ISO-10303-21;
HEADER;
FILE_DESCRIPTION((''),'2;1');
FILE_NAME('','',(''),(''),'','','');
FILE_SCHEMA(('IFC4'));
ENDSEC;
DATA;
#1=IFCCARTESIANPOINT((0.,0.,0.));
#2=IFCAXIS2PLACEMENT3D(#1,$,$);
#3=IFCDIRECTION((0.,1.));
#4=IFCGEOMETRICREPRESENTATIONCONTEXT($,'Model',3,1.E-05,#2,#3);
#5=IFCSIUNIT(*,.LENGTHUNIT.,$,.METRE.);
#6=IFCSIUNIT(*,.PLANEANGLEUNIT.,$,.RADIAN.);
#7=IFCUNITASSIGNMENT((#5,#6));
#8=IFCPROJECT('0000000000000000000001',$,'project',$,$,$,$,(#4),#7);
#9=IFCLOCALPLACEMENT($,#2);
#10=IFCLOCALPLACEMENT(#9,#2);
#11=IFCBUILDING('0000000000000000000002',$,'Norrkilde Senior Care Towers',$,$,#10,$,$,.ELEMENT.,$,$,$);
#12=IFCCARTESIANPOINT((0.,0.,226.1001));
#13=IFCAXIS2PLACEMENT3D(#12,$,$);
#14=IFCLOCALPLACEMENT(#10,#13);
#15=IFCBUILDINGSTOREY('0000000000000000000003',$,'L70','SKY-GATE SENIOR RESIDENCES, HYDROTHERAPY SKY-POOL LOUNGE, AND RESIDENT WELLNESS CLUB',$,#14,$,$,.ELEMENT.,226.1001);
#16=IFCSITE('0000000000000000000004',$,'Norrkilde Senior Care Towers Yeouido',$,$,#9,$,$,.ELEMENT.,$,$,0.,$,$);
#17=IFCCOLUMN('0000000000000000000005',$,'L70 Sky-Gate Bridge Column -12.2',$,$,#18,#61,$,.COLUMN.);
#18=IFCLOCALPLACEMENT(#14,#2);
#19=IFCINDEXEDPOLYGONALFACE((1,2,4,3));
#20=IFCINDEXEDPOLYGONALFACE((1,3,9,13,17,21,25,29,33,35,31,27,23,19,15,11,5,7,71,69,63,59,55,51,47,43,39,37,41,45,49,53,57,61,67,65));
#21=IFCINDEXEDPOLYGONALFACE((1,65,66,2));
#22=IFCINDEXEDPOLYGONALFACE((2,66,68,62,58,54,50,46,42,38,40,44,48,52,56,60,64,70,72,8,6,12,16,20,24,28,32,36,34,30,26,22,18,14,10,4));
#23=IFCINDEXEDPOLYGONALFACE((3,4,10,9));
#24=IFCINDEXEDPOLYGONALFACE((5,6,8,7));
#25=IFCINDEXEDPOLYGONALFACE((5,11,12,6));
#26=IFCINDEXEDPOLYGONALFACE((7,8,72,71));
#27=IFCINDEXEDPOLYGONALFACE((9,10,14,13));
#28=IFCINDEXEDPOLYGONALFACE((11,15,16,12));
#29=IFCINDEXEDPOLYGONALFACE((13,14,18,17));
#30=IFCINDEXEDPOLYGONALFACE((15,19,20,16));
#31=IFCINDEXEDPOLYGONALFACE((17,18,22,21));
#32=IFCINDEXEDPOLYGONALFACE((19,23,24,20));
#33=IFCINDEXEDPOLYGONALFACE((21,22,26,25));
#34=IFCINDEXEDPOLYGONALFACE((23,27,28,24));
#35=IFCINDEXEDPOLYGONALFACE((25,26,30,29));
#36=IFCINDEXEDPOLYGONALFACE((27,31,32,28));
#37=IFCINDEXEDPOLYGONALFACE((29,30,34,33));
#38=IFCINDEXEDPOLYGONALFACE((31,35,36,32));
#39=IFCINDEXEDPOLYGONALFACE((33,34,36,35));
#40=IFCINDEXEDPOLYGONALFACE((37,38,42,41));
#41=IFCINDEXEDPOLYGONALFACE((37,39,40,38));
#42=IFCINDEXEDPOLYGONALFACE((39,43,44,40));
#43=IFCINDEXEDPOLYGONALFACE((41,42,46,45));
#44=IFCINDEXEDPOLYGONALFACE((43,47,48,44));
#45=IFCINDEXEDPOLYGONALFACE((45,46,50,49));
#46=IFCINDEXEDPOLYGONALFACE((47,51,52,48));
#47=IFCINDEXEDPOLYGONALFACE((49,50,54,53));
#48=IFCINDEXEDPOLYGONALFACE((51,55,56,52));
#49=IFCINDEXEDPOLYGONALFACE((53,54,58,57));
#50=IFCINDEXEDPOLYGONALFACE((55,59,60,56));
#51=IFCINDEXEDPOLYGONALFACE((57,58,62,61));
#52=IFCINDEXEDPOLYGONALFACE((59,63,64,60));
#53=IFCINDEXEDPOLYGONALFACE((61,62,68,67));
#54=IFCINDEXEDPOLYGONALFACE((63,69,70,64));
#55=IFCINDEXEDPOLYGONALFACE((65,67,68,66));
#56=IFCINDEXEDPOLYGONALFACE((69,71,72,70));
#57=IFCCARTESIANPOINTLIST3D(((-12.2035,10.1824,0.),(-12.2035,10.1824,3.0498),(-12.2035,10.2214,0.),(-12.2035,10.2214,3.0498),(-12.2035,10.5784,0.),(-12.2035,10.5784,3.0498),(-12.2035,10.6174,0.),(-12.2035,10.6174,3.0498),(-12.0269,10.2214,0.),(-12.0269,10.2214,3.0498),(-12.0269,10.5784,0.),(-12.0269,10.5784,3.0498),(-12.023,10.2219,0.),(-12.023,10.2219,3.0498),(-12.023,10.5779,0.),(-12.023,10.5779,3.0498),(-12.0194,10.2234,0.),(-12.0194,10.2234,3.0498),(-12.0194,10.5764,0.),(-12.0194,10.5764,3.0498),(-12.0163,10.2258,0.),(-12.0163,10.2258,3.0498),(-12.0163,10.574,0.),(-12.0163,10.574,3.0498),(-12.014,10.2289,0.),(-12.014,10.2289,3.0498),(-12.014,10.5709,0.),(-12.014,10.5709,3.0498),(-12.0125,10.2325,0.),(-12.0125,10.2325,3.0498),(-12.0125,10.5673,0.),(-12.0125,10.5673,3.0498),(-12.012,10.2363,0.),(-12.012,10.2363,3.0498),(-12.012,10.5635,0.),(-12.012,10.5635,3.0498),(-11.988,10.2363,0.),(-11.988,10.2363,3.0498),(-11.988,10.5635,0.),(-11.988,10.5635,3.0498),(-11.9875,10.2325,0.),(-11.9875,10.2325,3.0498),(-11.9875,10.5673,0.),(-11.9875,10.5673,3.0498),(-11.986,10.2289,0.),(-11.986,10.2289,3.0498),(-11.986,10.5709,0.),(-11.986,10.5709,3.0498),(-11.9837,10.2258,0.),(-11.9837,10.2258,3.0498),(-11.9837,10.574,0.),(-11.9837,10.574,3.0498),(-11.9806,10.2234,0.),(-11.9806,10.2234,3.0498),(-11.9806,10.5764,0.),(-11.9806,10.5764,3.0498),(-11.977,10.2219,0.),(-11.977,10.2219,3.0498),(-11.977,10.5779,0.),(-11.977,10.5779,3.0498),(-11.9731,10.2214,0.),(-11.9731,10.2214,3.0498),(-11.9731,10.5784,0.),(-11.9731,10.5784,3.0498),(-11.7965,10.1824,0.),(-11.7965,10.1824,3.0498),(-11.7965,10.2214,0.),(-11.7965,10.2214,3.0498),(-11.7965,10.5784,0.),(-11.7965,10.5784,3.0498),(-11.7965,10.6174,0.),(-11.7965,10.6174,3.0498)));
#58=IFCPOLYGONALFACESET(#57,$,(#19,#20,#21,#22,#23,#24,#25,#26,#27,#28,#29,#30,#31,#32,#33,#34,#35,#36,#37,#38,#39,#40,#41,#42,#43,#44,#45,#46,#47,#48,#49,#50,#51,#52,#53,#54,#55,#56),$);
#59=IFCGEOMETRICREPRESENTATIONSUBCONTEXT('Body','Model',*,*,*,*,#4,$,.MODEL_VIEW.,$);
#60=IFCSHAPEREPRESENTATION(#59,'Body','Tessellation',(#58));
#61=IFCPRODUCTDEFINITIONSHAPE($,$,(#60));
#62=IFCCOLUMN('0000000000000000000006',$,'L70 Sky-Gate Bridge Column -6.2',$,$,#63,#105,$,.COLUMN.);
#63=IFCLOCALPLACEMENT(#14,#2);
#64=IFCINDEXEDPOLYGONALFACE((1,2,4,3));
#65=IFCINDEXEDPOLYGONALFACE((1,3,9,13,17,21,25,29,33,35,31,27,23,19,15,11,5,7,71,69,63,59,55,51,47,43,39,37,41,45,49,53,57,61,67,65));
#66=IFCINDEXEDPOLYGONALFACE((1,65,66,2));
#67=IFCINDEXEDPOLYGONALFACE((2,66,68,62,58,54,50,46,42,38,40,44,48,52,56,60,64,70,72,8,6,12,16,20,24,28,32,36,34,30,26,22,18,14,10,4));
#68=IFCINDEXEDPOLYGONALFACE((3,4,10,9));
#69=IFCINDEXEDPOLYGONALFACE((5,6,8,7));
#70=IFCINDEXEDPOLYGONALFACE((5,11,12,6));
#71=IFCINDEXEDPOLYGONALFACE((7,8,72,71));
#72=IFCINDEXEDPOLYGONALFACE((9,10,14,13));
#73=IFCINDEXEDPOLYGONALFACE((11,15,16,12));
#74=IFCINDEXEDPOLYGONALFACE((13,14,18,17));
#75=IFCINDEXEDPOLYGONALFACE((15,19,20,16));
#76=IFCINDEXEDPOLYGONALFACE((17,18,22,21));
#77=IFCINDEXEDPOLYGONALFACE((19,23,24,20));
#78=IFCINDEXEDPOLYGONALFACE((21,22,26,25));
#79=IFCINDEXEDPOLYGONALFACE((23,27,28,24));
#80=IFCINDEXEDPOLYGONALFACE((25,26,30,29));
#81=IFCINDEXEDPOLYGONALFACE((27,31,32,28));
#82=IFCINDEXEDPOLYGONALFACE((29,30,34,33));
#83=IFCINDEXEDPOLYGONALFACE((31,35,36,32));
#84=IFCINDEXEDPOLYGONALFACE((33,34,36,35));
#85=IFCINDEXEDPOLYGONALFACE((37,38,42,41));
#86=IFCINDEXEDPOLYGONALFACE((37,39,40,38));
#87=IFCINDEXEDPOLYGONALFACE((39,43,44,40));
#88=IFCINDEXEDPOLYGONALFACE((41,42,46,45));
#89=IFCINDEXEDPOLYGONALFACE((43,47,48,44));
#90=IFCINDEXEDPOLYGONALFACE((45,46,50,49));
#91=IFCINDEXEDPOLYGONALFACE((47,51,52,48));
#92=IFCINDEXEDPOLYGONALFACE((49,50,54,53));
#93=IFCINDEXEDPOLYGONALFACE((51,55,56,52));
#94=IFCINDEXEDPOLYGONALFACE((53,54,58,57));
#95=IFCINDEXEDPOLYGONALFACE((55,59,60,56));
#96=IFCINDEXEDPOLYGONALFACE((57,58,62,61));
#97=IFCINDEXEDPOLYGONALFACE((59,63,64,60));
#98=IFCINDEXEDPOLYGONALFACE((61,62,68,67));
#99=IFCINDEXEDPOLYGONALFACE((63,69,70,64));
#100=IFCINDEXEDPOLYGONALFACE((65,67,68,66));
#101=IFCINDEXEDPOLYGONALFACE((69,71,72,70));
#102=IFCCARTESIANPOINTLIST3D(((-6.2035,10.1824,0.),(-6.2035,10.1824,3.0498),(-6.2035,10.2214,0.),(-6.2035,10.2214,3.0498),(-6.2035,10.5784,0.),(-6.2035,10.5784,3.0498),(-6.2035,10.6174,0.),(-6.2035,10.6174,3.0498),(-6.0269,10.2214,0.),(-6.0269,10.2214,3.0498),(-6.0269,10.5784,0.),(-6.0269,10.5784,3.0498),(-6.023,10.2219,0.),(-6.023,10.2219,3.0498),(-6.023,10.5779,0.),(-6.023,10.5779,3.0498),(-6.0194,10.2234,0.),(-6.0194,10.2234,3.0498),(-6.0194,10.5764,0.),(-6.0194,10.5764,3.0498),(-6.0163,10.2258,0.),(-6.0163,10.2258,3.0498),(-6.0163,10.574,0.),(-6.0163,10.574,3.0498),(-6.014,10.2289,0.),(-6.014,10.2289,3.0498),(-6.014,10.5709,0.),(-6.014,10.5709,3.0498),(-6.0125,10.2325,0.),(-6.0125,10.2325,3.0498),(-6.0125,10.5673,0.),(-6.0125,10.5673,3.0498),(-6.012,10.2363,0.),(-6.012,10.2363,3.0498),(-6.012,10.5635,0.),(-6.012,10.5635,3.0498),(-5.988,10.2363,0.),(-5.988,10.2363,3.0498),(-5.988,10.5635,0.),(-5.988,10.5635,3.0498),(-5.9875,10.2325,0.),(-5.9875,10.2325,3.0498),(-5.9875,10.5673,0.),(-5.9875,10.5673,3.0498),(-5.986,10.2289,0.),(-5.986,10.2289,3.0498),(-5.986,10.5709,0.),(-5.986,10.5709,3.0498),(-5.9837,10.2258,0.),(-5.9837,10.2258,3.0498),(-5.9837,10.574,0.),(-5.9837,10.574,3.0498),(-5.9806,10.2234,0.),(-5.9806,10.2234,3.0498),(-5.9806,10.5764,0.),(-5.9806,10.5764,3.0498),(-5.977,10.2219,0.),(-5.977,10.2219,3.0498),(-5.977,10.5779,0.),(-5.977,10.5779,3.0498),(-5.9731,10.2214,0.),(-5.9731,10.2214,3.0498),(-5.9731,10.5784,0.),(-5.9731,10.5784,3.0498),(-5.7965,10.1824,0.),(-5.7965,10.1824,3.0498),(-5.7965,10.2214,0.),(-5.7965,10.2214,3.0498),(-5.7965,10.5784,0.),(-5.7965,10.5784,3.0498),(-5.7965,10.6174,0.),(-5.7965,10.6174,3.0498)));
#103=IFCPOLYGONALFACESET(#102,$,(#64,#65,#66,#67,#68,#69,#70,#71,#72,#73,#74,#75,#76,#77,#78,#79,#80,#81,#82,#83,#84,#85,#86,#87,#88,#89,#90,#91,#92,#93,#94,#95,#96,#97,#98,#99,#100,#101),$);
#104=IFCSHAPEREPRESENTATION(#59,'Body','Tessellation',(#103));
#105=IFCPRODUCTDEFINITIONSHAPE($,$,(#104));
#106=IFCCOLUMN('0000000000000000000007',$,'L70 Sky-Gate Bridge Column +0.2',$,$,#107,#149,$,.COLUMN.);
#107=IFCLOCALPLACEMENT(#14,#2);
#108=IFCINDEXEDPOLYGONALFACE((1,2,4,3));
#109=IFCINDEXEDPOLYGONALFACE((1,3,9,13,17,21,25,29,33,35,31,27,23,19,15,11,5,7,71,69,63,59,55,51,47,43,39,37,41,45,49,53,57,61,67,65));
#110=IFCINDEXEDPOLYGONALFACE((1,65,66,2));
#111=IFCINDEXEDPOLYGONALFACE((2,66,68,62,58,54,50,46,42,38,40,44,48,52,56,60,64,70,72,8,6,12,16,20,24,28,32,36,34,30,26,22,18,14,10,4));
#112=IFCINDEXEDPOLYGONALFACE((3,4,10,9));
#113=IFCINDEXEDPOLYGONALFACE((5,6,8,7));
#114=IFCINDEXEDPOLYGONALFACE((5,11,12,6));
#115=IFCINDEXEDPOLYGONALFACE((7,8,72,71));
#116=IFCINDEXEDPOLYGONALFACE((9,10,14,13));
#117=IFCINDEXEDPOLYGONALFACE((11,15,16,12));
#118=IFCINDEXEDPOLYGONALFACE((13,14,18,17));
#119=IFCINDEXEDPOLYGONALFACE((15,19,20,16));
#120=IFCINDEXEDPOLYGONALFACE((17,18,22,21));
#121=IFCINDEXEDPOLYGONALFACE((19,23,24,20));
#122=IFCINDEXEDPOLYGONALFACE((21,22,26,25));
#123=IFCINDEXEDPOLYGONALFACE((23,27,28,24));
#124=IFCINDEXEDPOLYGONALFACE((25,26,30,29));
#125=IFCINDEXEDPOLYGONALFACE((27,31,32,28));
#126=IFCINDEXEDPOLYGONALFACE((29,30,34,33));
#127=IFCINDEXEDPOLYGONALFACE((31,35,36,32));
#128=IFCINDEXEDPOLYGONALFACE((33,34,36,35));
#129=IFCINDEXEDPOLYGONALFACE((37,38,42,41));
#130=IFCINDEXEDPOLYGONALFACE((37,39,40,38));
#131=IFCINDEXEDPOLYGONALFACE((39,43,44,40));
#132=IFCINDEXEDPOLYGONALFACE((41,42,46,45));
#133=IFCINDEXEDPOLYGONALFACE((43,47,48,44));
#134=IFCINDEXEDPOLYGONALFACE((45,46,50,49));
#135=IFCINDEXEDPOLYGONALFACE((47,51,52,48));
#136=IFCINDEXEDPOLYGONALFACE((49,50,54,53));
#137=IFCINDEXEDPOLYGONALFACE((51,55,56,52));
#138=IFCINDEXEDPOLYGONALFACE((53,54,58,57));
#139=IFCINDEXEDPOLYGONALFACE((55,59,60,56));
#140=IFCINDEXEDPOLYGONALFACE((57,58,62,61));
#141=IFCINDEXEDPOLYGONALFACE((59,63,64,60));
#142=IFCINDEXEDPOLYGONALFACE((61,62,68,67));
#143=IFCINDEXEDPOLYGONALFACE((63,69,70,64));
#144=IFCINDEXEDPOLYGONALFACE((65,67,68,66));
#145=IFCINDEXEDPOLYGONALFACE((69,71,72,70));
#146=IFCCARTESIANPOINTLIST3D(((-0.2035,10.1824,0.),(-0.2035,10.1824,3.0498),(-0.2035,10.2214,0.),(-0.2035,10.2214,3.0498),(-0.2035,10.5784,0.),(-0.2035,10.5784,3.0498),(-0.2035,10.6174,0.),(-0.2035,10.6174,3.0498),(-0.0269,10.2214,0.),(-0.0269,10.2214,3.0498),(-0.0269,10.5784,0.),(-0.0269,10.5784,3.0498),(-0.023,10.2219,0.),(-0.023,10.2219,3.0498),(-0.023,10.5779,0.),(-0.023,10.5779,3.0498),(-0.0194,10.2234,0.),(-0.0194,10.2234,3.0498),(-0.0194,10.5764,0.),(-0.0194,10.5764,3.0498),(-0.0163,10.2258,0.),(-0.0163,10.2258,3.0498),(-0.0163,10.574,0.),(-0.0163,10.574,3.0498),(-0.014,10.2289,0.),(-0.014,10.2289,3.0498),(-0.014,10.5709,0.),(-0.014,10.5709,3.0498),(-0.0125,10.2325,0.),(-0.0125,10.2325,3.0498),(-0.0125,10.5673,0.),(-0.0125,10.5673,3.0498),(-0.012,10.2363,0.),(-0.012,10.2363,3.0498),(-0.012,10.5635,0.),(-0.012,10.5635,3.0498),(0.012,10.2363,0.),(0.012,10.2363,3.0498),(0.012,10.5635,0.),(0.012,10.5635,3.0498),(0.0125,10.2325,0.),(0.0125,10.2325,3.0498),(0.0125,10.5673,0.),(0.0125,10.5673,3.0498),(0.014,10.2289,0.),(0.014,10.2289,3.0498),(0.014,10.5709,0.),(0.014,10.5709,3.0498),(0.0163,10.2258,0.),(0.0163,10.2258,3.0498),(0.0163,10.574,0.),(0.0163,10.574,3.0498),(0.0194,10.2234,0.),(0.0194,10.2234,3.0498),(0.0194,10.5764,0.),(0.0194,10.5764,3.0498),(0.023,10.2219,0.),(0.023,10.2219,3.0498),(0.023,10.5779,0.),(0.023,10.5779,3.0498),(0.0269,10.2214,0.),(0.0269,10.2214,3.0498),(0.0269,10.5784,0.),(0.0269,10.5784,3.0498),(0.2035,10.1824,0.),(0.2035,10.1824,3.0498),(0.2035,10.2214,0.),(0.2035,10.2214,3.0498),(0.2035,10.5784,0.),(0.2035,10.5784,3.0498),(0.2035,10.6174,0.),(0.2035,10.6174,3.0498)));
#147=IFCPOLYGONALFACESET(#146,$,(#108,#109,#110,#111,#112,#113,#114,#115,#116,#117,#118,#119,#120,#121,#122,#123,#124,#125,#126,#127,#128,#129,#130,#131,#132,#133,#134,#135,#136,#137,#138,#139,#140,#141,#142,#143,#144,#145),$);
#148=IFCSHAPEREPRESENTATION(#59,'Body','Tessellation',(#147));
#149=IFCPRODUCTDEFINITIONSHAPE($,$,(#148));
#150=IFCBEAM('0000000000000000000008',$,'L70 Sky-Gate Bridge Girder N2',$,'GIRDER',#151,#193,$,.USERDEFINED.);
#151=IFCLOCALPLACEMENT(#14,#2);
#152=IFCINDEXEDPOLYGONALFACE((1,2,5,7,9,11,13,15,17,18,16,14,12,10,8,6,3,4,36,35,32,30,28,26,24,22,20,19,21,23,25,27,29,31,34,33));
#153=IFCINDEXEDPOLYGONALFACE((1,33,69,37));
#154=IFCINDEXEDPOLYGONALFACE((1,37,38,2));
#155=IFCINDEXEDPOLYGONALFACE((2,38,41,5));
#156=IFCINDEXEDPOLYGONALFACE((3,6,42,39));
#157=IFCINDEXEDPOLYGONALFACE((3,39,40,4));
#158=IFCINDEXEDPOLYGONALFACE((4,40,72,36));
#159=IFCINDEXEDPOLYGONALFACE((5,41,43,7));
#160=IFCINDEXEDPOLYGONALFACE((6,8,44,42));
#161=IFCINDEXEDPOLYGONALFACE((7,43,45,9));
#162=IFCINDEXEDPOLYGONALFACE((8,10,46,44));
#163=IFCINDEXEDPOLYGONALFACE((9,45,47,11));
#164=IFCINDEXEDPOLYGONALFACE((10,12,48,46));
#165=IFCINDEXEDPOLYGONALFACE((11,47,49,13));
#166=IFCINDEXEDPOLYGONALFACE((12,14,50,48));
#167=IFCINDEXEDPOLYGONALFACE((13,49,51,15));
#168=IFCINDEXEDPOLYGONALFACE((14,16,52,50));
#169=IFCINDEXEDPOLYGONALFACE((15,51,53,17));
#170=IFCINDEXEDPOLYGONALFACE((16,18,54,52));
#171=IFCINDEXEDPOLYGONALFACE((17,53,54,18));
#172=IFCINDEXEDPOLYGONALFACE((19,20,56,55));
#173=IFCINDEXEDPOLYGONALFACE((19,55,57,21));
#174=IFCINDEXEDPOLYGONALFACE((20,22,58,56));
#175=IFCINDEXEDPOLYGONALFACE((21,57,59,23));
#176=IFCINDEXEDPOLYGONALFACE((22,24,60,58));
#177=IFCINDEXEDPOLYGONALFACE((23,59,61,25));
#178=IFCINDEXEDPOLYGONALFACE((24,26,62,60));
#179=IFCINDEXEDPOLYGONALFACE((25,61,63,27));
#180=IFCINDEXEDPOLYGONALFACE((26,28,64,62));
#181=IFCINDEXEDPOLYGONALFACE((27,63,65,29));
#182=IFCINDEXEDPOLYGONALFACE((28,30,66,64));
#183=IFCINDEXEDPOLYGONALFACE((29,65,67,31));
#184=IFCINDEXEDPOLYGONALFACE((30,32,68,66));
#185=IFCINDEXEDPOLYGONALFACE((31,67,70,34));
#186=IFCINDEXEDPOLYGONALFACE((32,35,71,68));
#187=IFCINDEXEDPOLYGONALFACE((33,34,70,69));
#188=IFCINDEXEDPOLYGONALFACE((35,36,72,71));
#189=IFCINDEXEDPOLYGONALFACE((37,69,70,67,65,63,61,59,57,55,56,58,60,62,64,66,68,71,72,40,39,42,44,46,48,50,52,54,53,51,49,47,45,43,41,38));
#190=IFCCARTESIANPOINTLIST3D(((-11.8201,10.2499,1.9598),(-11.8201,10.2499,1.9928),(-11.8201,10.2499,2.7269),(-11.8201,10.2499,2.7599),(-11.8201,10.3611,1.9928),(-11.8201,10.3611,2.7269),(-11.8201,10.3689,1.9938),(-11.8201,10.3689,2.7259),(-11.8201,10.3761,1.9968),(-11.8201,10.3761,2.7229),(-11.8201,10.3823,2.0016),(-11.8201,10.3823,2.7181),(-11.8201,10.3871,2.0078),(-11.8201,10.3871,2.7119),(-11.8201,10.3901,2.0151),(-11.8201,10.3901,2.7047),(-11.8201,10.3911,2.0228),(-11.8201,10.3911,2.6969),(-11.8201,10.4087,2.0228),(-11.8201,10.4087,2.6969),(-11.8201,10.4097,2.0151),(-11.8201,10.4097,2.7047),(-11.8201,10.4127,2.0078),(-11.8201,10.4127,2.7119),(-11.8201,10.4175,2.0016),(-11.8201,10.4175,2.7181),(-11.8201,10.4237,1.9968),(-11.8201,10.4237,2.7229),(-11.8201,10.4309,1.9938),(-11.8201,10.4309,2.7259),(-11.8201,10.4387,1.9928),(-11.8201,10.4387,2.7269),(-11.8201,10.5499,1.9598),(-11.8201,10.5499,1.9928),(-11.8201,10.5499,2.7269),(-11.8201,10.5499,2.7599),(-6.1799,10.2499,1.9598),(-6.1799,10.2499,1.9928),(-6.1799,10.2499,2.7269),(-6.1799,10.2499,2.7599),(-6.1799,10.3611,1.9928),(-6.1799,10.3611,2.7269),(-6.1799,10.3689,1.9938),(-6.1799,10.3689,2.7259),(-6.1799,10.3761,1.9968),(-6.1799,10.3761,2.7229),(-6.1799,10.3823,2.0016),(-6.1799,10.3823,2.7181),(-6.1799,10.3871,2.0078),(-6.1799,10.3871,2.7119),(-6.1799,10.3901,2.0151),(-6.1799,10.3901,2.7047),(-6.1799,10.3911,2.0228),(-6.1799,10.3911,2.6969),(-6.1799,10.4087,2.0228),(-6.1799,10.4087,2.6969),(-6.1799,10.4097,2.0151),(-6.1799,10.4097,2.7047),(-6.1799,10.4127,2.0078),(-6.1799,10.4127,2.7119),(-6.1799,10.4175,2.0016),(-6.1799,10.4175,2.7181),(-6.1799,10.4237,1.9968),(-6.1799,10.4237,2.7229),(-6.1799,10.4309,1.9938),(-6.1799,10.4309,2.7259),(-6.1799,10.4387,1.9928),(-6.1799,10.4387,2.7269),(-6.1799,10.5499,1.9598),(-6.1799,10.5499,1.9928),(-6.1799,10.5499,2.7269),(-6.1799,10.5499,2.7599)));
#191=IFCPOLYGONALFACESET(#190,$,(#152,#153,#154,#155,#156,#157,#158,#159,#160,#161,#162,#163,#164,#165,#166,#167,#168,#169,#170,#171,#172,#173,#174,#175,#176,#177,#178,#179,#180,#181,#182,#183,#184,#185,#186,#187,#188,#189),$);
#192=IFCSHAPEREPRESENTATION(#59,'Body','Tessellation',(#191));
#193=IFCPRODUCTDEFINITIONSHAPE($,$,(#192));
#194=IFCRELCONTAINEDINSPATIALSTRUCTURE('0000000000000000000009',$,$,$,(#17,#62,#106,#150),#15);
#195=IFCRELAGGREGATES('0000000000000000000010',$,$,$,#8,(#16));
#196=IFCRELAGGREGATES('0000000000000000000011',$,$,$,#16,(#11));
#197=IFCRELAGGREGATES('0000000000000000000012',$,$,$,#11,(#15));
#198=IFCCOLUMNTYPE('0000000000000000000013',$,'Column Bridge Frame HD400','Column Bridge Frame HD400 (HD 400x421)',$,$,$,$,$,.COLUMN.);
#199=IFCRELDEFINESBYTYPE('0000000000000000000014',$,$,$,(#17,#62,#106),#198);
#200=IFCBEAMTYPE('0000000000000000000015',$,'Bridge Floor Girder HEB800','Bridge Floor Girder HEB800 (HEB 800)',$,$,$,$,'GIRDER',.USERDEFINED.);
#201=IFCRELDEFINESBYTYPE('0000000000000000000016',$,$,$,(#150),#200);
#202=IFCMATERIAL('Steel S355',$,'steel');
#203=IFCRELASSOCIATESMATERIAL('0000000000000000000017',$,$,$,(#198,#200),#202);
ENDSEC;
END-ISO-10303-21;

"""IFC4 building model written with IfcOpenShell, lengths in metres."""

from ifc_helpers import new_model, si_unit, direction, frame, origin, origin_2d, place, context, subcontext, project, spatial, i_section, extrude, source, transform, mapped, material, material_profile, profile_set, type_object, type_shapes, element, save


model = new_model("IFC4")

# Units and contexts
model_context = context("Model", 3, precision=1e-05, world=origin(), true_north=direction((0.0, 1.0)))
body_context = subcontext(model_context, "Body", "Model", "MODEL_VIEW")
ifc_project = project(units=[si_unit("LENGTHUNIT", "METRE"), si_unit("PLANEANGLEUNIT", "RADIAN")], contexts=[model_context])

# Site, building, storey
site_placement = place(None, origin())
site = spatial("IfcSite", under=ifc_project, at=site_placement, Name="Norrkilde Senior Care Towers Yeouido", CompositionType="ELEMENT", RefElevation=0.0)
building_placement = place(site_placement, origin())
building = spatial("IfcBuilding", under=site, at=building_placement, Name="Norrkilde Senior Care Towers", CompositionType="ELEMENT")
storey_placement = place(building_placement, frame((0.0, 0.0, 226.1001)))
storey = spatial("IfcBuildingStorey", under=building, at=storey_placement, Name="L70", Description="SKY-GATE SENIOR RESIDENCES, HYDROTHERAPY SKY-POOL LOUNGE, AND RESIDENT WELLNESS CLUB", CompositionType="ELEMENT", Elevation=226.1001)

# Columns
ifc_material_1 = material(Name="Steel S355", Category="steel")
ifc_material_profile_1 = material_profile(ifc_material_1, i_section(OverallWidth=0.407, OverallDepth=0.4351, WebThickness=0.0239, FlangeThickness=0.0391, FilletRadius=0.0149, at=origin_2d()), Name="HD 400x421")
ifc_profile_set_1 = profile_set([ifc_material_profile_1], Name="Steel S355")
column_type = type_object("IfcColumnType", Name="Column Bridge Frame HD400", Description="Column Bridge Frame HD400 (HD 400x421)", PredefinedType="COLUMN", material=ifc_profile_set_1)
shared_shape_1 = source(origin(), body_context, "Body", "SweptSolid", [
    extrude(i_section(OverallWidth=0.407, OverallDepth=0.4351, WebThickness=0.0239, FlangeThickness=0.0391, FilletRadius=0.0149, at=origin_2d()), origin(), (0.0, 0.0, 1.0), 3.0498),
])
type_shapes(column_type, [shared_shape_1])
for number, where, z_axis, x_axis, name in (
    (1, (-12.0, 10.3999, 0.0), (0.0, 0.0, 1.0), (1.0, 0.0, 0.0), "L70 Sky-Gate Bridge Column -12.2"),
    (2, (-6.0, 10.3999, 0.0), (0.0, 0.0, 1.0), (1.0, 0.0, 0.0), "L70 Sky-Gate Bridge Column -6.2"),
    (3, (0.0, 10.3999, 0.0), (0.0, 0.0, 1.0), (1.0, 0.0, 0.0), "L70 Sky-Gate Bridge Column +0.2"),
):
    element("IfcColumn", number, at=place(storey_placement, frame(where, z_axis=z_axis, x_axis=x_axis)), inside=storey, type_object=column_type, Name=name, PredefinedType="COLUMN", context=body_context, shape_type="MappedRepresentation", body=[
        mapped(shared_shape_1, transform((0.0, 0.0, 0.0), x_axis=(1.0, 0.0, 0.0), y_axis=(0.0, 1.0, 0.0), z_axis=(0.0, 0.0, 1.0), scale=1.0)),
    ])

# Beam
ifc_material_profile_2 = material_profile(ifc_material_1, i_section(OverallWidth=0.3, OverallDepth=0.8, WebThickness=0.0176, FlangeThickness=0.033, FilletRadius=0.03, at=origin_2d()), Name="HEB 800")
ifc_profile_set_2 = profile_set([ifc_material_profile_2], Name="Steel S355")
beam_type_1 = type_object("IfcBeamType", Name="Bridge Floor Girder HEB800", Description="Bridge Floor Girder HEB800 (HEB 800)", ElementType="GIRDER", PredefinedType="USERDEFINED", material=ifc_profile_set_2)
shared_shape_2 = source(origin(), body_context, "Body", "SweptSolid", [
    extrude(i_section(OverallWidth=0.3, OverallDepth=0.8, WebThickness=0.0176, FlangeThickness=0.033, FilletRadius=0.03, at=origin_2d()), origin(), (0.0, 0.0, 1.0), 5.6401),
])
type_shapes(beam_type_1, [shared_shape_2])
for number, where, z_axis, x_axis, name in (
    (4, (-11.8201, 10.3999, 2.3599), (1.0, 0.0, 0.0), (0.0, 1.0, 0.0), "L70 Sky-Gate Bridge Girder N2"),
):
    element("IfcBeam", number, at=place(storey_placement, frame(where, z_axis=z_axis, x_axis=x_axis)), inside=storey, type_object=beam_type_1, Name=name, ObjectType="GIRDER", PredefinedType="USERDEFINED", context=body_context, shape_type="MappedRepresentation", body=[
        mapped(shared_shape_2, transform((0.0, 0.0, 0.0), x_axis=(1.0, 0.0, 0.0), y_axis=(0.0, 1.0, 0.0), z_axis=(0.0, 0.0, 1.0), scale=1.0)),
    ])

save(model, "model.ifc")
